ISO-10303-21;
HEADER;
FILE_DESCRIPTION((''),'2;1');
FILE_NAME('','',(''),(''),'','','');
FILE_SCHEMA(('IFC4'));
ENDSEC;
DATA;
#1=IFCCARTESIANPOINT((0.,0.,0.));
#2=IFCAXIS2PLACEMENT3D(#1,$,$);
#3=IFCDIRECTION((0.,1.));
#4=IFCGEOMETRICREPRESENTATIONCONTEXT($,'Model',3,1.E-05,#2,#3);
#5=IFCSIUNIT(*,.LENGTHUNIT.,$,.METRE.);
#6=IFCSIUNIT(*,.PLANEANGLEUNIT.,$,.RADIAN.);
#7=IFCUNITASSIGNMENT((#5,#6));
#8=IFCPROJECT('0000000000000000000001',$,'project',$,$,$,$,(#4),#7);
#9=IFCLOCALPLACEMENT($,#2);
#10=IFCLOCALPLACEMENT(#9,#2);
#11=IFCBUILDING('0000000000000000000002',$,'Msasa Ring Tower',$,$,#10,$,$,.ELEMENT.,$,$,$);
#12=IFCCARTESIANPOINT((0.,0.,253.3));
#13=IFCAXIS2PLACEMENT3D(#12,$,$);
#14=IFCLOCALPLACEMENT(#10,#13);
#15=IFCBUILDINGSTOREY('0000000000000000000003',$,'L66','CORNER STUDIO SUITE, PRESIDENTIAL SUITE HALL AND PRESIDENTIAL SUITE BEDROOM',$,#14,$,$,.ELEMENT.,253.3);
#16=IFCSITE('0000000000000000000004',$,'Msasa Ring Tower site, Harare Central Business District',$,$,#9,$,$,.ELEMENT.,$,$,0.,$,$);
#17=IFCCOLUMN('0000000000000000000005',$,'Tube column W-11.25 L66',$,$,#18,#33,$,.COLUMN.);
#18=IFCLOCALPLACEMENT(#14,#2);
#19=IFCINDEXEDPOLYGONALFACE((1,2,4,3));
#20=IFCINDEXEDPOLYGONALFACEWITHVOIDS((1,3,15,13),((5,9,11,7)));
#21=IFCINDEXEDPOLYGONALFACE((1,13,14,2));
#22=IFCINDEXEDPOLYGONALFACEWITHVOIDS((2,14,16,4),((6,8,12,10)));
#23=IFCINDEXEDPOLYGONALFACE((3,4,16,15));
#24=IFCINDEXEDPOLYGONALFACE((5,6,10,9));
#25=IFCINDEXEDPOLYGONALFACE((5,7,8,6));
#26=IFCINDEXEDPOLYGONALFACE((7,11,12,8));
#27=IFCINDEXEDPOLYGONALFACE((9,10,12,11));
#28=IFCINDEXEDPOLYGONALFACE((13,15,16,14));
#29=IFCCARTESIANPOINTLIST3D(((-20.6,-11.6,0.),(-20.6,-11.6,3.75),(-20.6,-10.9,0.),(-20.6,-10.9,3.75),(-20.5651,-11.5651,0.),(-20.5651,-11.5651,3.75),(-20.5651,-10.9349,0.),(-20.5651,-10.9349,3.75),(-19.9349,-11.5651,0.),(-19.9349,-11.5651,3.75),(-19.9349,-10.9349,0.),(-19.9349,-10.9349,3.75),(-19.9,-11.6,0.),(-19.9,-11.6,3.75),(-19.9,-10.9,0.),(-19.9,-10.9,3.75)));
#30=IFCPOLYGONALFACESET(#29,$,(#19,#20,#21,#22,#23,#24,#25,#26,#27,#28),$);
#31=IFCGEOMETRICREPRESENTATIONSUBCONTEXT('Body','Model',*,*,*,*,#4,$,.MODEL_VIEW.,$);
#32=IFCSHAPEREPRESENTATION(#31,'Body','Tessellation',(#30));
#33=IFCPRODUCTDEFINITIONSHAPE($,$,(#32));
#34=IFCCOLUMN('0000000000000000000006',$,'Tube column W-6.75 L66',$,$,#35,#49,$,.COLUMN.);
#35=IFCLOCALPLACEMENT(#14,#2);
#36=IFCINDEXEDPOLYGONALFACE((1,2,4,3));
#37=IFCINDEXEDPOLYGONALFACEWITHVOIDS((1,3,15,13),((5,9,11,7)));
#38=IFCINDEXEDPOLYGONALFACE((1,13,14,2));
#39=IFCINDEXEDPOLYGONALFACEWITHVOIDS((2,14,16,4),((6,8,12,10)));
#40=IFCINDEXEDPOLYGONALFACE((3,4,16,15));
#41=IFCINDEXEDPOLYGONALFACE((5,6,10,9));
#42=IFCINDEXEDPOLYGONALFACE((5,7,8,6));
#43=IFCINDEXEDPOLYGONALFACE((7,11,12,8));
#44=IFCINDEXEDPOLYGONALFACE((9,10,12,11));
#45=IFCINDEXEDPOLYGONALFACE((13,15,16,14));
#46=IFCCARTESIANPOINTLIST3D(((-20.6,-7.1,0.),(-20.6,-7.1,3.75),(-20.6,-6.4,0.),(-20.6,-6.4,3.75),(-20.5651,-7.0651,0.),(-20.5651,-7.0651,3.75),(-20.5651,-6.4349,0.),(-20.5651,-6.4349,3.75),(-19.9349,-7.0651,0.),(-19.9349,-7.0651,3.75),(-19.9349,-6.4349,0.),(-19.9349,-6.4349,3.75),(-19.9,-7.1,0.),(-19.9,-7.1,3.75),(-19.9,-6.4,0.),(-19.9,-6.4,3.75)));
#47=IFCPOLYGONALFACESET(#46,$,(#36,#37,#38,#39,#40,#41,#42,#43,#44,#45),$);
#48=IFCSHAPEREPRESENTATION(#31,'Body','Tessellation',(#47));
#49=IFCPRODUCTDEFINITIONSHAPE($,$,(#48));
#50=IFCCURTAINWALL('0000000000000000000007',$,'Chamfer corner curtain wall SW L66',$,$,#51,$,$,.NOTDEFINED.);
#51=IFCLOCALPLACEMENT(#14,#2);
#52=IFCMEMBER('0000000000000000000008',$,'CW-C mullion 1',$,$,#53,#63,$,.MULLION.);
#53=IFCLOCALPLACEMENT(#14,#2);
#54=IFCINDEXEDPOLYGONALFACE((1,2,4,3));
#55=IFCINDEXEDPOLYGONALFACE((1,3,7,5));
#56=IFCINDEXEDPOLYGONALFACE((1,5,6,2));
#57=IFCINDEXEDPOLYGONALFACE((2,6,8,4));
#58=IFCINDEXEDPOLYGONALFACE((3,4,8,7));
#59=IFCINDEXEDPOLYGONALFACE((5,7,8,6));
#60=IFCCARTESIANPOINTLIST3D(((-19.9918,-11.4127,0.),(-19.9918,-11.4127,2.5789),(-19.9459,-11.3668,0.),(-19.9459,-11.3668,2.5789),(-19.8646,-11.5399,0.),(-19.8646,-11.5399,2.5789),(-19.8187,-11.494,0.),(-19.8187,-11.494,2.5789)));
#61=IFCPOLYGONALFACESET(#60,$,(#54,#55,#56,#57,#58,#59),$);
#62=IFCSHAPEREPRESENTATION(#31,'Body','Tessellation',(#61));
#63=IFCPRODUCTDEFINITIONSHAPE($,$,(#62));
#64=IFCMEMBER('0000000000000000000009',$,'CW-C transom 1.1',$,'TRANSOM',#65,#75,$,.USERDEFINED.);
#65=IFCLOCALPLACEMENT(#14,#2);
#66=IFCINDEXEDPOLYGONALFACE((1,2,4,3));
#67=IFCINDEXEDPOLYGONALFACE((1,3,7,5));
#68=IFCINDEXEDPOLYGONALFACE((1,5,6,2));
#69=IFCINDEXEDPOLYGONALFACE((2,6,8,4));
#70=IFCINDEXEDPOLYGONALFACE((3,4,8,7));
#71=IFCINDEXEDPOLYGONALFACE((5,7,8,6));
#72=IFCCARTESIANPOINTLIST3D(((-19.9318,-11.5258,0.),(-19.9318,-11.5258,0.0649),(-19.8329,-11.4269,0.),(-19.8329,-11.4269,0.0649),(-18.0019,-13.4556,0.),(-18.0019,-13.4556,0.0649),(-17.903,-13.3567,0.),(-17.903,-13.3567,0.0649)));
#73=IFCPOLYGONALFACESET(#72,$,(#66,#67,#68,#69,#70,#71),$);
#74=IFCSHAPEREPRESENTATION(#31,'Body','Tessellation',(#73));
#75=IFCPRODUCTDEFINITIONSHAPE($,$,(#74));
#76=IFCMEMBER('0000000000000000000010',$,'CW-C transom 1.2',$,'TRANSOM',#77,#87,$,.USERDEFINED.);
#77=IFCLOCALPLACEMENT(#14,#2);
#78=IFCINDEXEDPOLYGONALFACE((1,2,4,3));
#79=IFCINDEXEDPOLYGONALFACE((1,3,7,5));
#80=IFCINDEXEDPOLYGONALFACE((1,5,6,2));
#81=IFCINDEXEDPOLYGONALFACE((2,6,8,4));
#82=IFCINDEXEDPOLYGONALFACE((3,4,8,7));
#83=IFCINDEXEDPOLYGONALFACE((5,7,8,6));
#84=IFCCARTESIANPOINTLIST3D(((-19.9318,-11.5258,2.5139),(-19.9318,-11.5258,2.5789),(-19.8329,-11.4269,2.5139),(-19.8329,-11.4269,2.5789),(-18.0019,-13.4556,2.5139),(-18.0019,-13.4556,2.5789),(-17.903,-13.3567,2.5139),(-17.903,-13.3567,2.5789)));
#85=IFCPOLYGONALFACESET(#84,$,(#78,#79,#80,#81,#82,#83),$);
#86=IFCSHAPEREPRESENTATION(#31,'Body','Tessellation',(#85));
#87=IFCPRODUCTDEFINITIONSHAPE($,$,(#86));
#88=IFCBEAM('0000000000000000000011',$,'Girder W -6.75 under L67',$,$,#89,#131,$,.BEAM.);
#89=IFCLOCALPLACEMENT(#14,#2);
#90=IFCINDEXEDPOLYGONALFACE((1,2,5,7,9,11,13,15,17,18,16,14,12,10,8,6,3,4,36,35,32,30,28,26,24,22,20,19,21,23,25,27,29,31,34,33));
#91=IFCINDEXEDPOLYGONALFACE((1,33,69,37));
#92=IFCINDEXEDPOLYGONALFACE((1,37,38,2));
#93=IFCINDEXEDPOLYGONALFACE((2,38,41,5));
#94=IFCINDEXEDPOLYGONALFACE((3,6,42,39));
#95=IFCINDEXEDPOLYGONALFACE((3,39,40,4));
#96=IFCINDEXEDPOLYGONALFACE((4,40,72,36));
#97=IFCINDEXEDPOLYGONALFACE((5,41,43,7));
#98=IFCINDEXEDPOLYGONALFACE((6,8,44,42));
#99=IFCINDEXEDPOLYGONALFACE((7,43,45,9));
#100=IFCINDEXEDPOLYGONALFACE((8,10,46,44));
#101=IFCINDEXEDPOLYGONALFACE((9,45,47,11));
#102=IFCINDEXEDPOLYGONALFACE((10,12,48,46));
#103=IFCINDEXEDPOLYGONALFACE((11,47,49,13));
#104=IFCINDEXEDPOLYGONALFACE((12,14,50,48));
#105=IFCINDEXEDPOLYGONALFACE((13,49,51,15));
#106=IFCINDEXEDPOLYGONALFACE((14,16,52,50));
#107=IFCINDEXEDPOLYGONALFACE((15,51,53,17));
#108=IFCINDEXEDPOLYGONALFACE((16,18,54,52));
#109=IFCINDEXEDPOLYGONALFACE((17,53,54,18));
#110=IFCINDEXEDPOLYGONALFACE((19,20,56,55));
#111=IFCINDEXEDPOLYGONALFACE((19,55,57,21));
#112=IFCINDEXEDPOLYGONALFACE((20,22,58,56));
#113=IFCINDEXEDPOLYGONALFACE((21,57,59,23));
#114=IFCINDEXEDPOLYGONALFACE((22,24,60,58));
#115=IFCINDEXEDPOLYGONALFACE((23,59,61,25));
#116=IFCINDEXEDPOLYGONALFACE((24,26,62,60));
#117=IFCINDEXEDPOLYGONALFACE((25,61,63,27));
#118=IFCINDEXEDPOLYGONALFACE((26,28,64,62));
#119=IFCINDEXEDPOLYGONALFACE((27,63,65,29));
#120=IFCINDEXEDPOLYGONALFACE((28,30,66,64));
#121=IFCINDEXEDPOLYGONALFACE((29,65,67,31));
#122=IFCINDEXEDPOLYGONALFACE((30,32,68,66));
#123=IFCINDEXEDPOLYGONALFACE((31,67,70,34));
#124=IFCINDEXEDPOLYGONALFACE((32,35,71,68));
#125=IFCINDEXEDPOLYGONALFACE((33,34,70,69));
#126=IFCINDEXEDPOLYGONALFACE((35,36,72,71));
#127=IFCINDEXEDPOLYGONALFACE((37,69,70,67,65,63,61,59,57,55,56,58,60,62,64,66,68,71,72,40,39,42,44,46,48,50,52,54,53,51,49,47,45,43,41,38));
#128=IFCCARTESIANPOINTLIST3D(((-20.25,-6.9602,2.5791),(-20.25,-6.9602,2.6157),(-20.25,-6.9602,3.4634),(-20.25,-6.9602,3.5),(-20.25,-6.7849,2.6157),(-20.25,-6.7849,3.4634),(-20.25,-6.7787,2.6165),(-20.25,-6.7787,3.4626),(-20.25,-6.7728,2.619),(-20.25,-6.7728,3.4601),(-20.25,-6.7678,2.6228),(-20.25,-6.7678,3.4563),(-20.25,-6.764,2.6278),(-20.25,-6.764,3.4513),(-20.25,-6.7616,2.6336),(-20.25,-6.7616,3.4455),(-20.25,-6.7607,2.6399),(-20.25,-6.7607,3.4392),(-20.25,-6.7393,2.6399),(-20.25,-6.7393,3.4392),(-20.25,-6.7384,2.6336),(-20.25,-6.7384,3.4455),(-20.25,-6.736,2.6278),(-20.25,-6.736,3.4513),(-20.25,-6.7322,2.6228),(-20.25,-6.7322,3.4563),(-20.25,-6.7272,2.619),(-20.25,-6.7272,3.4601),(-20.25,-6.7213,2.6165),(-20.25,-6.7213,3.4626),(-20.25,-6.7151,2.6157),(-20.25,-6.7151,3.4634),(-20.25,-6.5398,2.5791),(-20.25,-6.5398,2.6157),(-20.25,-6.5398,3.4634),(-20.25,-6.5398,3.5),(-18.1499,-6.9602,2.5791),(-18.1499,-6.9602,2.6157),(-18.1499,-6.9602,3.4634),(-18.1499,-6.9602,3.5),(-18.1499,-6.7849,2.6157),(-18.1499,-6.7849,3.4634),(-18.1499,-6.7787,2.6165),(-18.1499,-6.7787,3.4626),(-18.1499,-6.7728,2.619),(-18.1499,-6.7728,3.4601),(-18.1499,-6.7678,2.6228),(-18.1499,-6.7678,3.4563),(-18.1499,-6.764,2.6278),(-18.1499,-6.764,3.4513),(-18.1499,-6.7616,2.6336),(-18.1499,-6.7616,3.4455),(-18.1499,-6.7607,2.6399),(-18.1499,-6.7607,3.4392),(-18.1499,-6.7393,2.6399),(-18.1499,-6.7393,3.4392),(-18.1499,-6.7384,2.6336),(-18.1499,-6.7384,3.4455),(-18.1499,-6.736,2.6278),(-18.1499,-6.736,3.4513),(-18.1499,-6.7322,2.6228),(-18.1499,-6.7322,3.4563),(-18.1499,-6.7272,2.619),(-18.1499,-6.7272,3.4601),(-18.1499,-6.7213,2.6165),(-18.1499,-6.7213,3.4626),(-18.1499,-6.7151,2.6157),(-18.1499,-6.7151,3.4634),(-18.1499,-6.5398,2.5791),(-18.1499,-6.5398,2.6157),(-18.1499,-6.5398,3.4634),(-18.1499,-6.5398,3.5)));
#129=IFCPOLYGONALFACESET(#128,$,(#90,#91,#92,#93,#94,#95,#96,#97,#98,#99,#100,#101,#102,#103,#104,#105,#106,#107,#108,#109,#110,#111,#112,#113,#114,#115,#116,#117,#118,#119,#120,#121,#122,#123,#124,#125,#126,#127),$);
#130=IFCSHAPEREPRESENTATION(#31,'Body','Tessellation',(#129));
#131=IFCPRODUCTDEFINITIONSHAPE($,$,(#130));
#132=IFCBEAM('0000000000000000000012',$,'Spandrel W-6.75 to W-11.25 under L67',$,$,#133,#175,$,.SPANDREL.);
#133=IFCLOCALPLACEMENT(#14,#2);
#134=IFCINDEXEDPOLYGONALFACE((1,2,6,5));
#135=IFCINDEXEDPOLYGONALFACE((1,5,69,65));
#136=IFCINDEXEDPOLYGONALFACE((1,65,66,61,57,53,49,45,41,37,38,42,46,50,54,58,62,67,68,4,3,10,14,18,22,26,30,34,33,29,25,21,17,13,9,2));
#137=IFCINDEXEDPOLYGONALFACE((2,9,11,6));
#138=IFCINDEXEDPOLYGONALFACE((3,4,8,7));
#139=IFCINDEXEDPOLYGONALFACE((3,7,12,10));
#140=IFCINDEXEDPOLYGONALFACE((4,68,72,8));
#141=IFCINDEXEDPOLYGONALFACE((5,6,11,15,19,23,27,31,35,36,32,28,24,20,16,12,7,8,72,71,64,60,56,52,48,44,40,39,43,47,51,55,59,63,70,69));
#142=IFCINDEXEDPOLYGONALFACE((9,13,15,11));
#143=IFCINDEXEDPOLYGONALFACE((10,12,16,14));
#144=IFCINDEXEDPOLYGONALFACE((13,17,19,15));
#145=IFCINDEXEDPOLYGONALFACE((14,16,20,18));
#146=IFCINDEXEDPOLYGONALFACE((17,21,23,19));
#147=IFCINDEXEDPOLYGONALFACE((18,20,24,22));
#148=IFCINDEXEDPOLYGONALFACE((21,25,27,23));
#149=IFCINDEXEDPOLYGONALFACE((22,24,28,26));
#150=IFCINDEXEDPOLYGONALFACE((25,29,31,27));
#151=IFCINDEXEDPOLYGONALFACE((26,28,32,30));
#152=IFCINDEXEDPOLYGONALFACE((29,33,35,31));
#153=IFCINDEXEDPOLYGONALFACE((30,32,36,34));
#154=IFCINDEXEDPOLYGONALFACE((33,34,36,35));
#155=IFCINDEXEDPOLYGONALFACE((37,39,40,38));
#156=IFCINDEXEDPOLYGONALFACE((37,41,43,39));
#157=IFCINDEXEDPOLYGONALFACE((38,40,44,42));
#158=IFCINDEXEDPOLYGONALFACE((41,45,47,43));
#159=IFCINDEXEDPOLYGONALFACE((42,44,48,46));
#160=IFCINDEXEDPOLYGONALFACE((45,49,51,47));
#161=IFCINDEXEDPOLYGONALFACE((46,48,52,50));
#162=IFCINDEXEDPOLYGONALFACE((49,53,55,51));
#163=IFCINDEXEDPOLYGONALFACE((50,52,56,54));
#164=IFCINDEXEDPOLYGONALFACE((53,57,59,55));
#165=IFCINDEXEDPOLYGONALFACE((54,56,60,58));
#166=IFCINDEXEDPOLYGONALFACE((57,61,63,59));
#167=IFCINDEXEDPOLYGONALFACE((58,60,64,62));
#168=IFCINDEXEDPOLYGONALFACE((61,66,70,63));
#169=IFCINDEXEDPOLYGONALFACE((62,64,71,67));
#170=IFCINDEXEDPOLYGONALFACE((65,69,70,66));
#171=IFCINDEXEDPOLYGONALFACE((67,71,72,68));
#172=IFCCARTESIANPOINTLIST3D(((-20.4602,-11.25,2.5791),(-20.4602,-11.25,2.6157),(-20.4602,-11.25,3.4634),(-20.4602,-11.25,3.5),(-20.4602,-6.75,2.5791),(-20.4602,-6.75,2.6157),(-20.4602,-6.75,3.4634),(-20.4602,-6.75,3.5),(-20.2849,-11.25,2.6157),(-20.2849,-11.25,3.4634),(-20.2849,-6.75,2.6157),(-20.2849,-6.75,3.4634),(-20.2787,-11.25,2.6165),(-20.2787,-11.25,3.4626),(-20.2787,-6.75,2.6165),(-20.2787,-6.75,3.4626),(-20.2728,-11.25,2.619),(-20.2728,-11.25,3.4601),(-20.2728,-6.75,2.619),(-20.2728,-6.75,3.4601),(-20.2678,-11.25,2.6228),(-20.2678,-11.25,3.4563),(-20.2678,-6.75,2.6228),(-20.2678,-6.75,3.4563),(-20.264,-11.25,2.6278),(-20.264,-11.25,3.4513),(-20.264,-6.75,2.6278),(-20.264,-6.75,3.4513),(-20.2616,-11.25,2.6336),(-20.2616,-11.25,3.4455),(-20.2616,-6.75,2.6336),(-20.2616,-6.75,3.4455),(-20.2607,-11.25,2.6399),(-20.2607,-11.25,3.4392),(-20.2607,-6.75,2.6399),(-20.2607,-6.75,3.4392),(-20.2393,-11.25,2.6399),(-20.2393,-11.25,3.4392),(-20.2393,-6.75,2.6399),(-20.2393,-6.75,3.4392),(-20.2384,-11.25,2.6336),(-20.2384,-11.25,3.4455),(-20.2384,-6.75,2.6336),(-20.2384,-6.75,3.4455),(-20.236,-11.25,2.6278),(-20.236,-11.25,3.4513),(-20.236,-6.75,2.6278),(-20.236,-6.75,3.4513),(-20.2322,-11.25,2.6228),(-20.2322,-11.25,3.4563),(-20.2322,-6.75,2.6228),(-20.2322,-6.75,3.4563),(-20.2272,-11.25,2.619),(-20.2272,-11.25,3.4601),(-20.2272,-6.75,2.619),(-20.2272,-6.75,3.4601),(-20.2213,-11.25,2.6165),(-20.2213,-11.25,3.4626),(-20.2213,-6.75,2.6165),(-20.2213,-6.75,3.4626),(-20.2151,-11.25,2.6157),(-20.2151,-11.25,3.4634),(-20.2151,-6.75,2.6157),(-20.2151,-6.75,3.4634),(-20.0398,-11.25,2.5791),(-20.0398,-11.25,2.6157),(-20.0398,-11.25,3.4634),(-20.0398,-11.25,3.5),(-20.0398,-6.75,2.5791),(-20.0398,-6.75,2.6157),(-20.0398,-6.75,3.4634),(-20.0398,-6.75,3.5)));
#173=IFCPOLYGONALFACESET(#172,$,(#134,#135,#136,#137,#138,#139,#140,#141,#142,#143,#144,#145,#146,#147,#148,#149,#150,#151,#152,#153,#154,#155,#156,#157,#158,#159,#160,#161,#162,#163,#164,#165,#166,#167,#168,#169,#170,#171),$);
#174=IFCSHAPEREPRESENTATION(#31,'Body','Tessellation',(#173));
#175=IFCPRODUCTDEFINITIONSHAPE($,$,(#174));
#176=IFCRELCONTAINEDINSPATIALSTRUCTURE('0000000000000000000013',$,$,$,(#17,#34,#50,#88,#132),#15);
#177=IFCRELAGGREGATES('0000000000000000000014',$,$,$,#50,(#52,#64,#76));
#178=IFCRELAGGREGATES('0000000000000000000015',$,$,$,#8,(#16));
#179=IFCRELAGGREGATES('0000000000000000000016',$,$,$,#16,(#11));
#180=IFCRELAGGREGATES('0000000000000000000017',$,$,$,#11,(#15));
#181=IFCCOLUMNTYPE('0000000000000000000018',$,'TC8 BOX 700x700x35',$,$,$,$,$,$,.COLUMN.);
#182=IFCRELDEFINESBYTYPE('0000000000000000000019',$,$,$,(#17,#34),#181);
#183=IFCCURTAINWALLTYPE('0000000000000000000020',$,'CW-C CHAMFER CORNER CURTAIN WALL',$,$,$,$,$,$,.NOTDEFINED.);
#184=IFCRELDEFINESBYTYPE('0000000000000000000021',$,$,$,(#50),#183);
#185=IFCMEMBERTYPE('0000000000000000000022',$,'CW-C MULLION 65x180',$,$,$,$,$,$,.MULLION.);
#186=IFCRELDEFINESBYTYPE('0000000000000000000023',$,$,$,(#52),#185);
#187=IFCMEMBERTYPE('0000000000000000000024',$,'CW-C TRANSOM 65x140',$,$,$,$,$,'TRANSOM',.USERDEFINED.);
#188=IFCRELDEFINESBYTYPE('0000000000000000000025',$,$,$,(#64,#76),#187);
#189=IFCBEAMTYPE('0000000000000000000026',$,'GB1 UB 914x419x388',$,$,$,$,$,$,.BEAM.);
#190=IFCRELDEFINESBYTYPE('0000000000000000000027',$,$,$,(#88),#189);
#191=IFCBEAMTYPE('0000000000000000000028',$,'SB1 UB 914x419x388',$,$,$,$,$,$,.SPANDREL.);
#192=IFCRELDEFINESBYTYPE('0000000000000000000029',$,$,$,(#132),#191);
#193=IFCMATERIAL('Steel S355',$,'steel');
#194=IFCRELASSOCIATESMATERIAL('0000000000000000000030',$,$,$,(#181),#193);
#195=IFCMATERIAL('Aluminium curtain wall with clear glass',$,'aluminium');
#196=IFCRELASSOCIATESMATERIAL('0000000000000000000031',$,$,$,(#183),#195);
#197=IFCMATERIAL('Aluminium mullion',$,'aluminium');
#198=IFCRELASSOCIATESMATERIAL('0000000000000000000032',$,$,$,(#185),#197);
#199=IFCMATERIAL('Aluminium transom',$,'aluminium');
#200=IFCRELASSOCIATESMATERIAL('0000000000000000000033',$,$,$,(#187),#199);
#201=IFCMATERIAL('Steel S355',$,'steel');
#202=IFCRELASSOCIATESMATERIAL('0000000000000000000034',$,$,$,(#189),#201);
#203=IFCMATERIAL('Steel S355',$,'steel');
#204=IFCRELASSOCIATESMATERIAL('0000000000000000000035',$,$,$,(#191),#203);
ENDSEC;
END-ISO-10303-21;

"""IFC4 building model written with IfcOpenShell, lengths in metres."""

from ifc_helpers import new_model, si_unit, direction, frame, origin, origin_2d, place, context, subcontext, project, spatial, rectangle, hollow_rectangle, i_section, extrude, material, material_profile, profile_set, type_object, element, aggregate, save


model = new_model("IFC4")

# Units and contexts
model_context = context("Model", 3, precision=1e-05, world=origin(), true_north=direction((0.0, 1.0)))
body_context = subcontext(model_context, "Body", "Model", "MODEL_VIEW")
ifc_project = project(units=[si_unit("LENGTHUNIT", "METRE"), si_unit("PLANEANGLEUNIT", "RADIAN")], contexts=[model_context])

# Site, building, storey
site_placement = place(None, origin())
site = spatial("IfcSite", under=ifc_project, at=site_placement, Name="Msasa Ring Tower site, Harare Central Business District", CompositionType="ELEMENT", RefElevation=0.0)
building_placement = place(site_placement, origin())
building = spatial("IfcBuilding", under=site, at=building_placement, Name="Msasa Ring Tower", CompositionType="ELEMENT")
storey_placement = place(building_placement, frame((0.0, 0.0, 253.3)))
storey = spatial("IfcBuildingStorey", under=building, at=storey_placement, Name="L66", Description="CORNER STUDIO SUITE, PRESIDENTIAL SUITE HALL AND PRESIDENTIAL SUITE BEDROOM", CompositionType="ELEMENT", Elevation=253.3)

# Columns
ifc_material_1 = material(Name="Steel S355", Category="steel")
ifc_material_profile_1 = material_profile(ifc_material_1, hollow_rectangle(XDim=0.7, YDim=0.7, WallThickness=0.0349, at=origin_2d()), Name="BOX 700x700x35")
ifc_profile_set_1 = profile_set([ifc_material_profile_1], Name="Steel S355")
column_type = type_object("IfcColumnType", Name="TC8 BOX 700x700x35", PredefinedType="COLUMN", material=ifc_profile_set_1)
for number, where, z_axis, x_axis, name in (
    (1, (-20.25, -11.25, 0.0), (0.0, 0.0, 1.0), (1.0, 0.0, 0.0), "Tube column W-11.25 L66"),
    (2, (-20.25, -6.75, 0.0), (0.0, 0.0, 1.0), (1.0, 0.0, 0.0), "Tube column W-6.75 L66"),
):
    element("IfcColumn", number, at=place(storey_placement, frame(where, z_axis=z_axis, x_axis=x_axis)), inside=storey, type_object=column_type, Name=name, PredefinedType="COLUMN", context=body_context, shape_type="SweptSolid", body=[
        extrude(hollow_rectangle(XDim=0.7, YDim=0.7, WallThickness=0.0349, at=origin_2d()), origin(), (0.0, 0.0, 1.0), 3.75),
    ])

# Curtain wall, members
ifc_material_2 = material(Name="Aluminium curtain wall with clear glass", Category="aluminium")
curtain_wall_type = type_object("IfcCurtainWallType", Name="CW-C CHAMFER CORNER CURTAIN WALL", PredefinedType="NOTDEFINED", material=ifc_material_2)
curtain_wall_placement = place(storey_placement, origin())
curtain_wall = element("IfcCurtainWall", 3, at=curtain_wall_placement, inside=storey, type_object=curtain_wall_type, Name="Chamfer corner curtain wall SW L66", PredefinedType="NOTDEFINED")
ifc_material_3 = material(Name="Aluminium mullion", Category="aluminium")
ifc_material_profile_2 = material_profile(ifc_material_3, rectangle(XDim=0.0649, YDim=0.1799, at=origin_2d()), Name="AL 65x180")
ifc_profile_set_2 = profile_set([ifc_material_profile_2], Name="Aluminium mullion")
member_type_1 = type_object("IfcMemberType", Name="CW-C MULLION 65x180", PredefinedType="MULLION", material=ifc_profile_set_2)
member_1_placement = place(storey_placement, frame((-19.9053, -11.4534, 0.0), z_axis=(0.0, 0.0, 1.0), x_axis=(0.707107, 0.707107, 0.0)))
member_1 = element("IfcMember", 4, at=member_1_placement, type_object=member_type_1, Name="CW-C mullion 1", PredefinedType="MULLION", context=body_context, shape_type="SweptSolid", body=[
    extrude(rectangle(XDim=0.0649, YDim=0.1799, at=origin_2d()), origin(), (0.0, 0.0, 1.0), 2.5789),
])
ifc_material_4 = material(Name="Aluminium transom", Category="aluminium")
ifc_material_profile_3 = material_profile(ifc_material_4, rectangle(XDim=0.1399, YDim=0.0649, at=origin_2d()), Name="AL 65x140")
ifc_profile_set_3 = profile_set([ifc_material_profile_3], Name="Aluminium transom")
member_type_2 = type_object("IfcMemberType", Name="CW-C TRANSOM 65x140", ElementType="TRANSOM", PredefinedType="USERDEFINED", material=ifc_profile_set_3)
member_2_placement = place(storey_placement, frame((-19.8823, -11.4763, 0.0325), z_axis=(0.707107, -0.707107, 0.0), x_axis=(0.707107, 0.707107, 0.0)))
member_2 = element("IfcMember", 5, at=member_2_placement, type_object=member_type_2, Name="CW-C transom 1.1", ObjectType="TRANSOM", PredefinedType="USERDEFINED", context=body_context, shape_type="SweptSolid", body=[
    extrude(rectangle(XDim=0.1399, YDim=0.0649, at=origin_2d()), origin(), (0.0, 0.0, 1.0), 2.7292),
])
member_3_placement = place(storey_placement, frame((-19.8823, -11.4763, 2.5464), z_axis=(0.707107, -0.707107, 0.0), x_axis=(0.707107, 0.707107, 0.0)))
member_3 = element("IfcMember", 6, at=member_3_placement, type_object=member_type_2, Name="CW-C transom 1.2", ObjectType="TRANSOM", PredefinedType="USERDEFINED", context=body_context, shape_type="SweptSolid", body=[
    extrude(rectangle(XDim=0.1399, YDim=0.0649, at=origin_2d()), origin(), (0.0, 0.0, 1.0), 2.7292),
])
aggregate(curtain_wall, [member_1, member_2, member_3])

# Beams
ifc_material_5 = material(Name="Steel S355", Category="steel")
ifc_material_profile_4 = material_profile(ifc_material_5, i_section(OverallWidth=0.4204, OverallDepth=0.9209, WebThickness=0.0215, FlangeThickness=0.0366, FilletRadius=0.0242, at=origin_2d()), Name="UB 914x419x388")
ifc_profile_set_4 = profile_set([ifc_material_profile_4], Name="Steel S355")
beam_type_1 = type_object("IfcBeamType", Name="GB1 UB 914x419x388", PredefinedType="BEAM", material=ifc_profile_set_4)
beam_1_placement = place(storey_placement, frame((-18.1499, -6.75, 3.0396), z_axis=(-1.0, 0.0, 0.0), x_axis=(0.0, -1.0, 0.0)))
element("IfcBeam", 7, at=beam_1_placement, inside=storey, type_object=beam_type_1, Name="Girder W -6.75 under L67", PredefinedType="BEAM", context=body_context, shape_type="SweptSolid", body=[
    extrude(i_section(OverallWidth=0.4204, OverallDepth=0.9209, WebThickness=0.0215, FlangeThickness=0.0366, FilletRadius=0.0242, at=origin_2d()), origin(), (0.0, 0.0, 1.0), 2.1001),
])
ifc_material_6 = material(Name="Steel S355", Category="steel")
ifc_material_profile_5 = material_profile(ifc_material_6, i_section(OverallWidth=0.4204, OverallDepth=0.9209, WebThickness=0.0215, FlangeThickness=0.0366, FilletRadius=0.0242, at=origin_2d()), Name="UB 914x419x388")
ifc_profile_set_5 = profile_set([ifc_material_profile_5], Name="Steel S355")
beam_type_2 = type_object("IfcBeamType", Name="SB1 UB 914x419x388", PredefinedType="SPANDREL", material=ifc_profile_set_5)
beam_2_placement = place(storey_placement, frame((-20.25, -6.75, 3.0396), z_axis=(0.0, -1.0, 0.0), x_axis=(1.0, 0.0, 0.0)))
element("IfcBeam", 8, at=beam_2_placement, inside=storey, type_object=beam_type_2, Name="Spandrel W-6.75 to W-11.25 under L67", PredefinedType="SPANDREL", context=body_context, shape_type="SweptSolid", body=[
    extrude(i_section(OverallWidth=0.4204, OverallDepth=0.9209, WebThickness=0.0215, FlangeThickness=0.0366, FilletRadius=0.0242, at=origin_2d()), origin(), (0.0, 0.0, 1.0), 4.5),
])

save(model, "model.ifc")
